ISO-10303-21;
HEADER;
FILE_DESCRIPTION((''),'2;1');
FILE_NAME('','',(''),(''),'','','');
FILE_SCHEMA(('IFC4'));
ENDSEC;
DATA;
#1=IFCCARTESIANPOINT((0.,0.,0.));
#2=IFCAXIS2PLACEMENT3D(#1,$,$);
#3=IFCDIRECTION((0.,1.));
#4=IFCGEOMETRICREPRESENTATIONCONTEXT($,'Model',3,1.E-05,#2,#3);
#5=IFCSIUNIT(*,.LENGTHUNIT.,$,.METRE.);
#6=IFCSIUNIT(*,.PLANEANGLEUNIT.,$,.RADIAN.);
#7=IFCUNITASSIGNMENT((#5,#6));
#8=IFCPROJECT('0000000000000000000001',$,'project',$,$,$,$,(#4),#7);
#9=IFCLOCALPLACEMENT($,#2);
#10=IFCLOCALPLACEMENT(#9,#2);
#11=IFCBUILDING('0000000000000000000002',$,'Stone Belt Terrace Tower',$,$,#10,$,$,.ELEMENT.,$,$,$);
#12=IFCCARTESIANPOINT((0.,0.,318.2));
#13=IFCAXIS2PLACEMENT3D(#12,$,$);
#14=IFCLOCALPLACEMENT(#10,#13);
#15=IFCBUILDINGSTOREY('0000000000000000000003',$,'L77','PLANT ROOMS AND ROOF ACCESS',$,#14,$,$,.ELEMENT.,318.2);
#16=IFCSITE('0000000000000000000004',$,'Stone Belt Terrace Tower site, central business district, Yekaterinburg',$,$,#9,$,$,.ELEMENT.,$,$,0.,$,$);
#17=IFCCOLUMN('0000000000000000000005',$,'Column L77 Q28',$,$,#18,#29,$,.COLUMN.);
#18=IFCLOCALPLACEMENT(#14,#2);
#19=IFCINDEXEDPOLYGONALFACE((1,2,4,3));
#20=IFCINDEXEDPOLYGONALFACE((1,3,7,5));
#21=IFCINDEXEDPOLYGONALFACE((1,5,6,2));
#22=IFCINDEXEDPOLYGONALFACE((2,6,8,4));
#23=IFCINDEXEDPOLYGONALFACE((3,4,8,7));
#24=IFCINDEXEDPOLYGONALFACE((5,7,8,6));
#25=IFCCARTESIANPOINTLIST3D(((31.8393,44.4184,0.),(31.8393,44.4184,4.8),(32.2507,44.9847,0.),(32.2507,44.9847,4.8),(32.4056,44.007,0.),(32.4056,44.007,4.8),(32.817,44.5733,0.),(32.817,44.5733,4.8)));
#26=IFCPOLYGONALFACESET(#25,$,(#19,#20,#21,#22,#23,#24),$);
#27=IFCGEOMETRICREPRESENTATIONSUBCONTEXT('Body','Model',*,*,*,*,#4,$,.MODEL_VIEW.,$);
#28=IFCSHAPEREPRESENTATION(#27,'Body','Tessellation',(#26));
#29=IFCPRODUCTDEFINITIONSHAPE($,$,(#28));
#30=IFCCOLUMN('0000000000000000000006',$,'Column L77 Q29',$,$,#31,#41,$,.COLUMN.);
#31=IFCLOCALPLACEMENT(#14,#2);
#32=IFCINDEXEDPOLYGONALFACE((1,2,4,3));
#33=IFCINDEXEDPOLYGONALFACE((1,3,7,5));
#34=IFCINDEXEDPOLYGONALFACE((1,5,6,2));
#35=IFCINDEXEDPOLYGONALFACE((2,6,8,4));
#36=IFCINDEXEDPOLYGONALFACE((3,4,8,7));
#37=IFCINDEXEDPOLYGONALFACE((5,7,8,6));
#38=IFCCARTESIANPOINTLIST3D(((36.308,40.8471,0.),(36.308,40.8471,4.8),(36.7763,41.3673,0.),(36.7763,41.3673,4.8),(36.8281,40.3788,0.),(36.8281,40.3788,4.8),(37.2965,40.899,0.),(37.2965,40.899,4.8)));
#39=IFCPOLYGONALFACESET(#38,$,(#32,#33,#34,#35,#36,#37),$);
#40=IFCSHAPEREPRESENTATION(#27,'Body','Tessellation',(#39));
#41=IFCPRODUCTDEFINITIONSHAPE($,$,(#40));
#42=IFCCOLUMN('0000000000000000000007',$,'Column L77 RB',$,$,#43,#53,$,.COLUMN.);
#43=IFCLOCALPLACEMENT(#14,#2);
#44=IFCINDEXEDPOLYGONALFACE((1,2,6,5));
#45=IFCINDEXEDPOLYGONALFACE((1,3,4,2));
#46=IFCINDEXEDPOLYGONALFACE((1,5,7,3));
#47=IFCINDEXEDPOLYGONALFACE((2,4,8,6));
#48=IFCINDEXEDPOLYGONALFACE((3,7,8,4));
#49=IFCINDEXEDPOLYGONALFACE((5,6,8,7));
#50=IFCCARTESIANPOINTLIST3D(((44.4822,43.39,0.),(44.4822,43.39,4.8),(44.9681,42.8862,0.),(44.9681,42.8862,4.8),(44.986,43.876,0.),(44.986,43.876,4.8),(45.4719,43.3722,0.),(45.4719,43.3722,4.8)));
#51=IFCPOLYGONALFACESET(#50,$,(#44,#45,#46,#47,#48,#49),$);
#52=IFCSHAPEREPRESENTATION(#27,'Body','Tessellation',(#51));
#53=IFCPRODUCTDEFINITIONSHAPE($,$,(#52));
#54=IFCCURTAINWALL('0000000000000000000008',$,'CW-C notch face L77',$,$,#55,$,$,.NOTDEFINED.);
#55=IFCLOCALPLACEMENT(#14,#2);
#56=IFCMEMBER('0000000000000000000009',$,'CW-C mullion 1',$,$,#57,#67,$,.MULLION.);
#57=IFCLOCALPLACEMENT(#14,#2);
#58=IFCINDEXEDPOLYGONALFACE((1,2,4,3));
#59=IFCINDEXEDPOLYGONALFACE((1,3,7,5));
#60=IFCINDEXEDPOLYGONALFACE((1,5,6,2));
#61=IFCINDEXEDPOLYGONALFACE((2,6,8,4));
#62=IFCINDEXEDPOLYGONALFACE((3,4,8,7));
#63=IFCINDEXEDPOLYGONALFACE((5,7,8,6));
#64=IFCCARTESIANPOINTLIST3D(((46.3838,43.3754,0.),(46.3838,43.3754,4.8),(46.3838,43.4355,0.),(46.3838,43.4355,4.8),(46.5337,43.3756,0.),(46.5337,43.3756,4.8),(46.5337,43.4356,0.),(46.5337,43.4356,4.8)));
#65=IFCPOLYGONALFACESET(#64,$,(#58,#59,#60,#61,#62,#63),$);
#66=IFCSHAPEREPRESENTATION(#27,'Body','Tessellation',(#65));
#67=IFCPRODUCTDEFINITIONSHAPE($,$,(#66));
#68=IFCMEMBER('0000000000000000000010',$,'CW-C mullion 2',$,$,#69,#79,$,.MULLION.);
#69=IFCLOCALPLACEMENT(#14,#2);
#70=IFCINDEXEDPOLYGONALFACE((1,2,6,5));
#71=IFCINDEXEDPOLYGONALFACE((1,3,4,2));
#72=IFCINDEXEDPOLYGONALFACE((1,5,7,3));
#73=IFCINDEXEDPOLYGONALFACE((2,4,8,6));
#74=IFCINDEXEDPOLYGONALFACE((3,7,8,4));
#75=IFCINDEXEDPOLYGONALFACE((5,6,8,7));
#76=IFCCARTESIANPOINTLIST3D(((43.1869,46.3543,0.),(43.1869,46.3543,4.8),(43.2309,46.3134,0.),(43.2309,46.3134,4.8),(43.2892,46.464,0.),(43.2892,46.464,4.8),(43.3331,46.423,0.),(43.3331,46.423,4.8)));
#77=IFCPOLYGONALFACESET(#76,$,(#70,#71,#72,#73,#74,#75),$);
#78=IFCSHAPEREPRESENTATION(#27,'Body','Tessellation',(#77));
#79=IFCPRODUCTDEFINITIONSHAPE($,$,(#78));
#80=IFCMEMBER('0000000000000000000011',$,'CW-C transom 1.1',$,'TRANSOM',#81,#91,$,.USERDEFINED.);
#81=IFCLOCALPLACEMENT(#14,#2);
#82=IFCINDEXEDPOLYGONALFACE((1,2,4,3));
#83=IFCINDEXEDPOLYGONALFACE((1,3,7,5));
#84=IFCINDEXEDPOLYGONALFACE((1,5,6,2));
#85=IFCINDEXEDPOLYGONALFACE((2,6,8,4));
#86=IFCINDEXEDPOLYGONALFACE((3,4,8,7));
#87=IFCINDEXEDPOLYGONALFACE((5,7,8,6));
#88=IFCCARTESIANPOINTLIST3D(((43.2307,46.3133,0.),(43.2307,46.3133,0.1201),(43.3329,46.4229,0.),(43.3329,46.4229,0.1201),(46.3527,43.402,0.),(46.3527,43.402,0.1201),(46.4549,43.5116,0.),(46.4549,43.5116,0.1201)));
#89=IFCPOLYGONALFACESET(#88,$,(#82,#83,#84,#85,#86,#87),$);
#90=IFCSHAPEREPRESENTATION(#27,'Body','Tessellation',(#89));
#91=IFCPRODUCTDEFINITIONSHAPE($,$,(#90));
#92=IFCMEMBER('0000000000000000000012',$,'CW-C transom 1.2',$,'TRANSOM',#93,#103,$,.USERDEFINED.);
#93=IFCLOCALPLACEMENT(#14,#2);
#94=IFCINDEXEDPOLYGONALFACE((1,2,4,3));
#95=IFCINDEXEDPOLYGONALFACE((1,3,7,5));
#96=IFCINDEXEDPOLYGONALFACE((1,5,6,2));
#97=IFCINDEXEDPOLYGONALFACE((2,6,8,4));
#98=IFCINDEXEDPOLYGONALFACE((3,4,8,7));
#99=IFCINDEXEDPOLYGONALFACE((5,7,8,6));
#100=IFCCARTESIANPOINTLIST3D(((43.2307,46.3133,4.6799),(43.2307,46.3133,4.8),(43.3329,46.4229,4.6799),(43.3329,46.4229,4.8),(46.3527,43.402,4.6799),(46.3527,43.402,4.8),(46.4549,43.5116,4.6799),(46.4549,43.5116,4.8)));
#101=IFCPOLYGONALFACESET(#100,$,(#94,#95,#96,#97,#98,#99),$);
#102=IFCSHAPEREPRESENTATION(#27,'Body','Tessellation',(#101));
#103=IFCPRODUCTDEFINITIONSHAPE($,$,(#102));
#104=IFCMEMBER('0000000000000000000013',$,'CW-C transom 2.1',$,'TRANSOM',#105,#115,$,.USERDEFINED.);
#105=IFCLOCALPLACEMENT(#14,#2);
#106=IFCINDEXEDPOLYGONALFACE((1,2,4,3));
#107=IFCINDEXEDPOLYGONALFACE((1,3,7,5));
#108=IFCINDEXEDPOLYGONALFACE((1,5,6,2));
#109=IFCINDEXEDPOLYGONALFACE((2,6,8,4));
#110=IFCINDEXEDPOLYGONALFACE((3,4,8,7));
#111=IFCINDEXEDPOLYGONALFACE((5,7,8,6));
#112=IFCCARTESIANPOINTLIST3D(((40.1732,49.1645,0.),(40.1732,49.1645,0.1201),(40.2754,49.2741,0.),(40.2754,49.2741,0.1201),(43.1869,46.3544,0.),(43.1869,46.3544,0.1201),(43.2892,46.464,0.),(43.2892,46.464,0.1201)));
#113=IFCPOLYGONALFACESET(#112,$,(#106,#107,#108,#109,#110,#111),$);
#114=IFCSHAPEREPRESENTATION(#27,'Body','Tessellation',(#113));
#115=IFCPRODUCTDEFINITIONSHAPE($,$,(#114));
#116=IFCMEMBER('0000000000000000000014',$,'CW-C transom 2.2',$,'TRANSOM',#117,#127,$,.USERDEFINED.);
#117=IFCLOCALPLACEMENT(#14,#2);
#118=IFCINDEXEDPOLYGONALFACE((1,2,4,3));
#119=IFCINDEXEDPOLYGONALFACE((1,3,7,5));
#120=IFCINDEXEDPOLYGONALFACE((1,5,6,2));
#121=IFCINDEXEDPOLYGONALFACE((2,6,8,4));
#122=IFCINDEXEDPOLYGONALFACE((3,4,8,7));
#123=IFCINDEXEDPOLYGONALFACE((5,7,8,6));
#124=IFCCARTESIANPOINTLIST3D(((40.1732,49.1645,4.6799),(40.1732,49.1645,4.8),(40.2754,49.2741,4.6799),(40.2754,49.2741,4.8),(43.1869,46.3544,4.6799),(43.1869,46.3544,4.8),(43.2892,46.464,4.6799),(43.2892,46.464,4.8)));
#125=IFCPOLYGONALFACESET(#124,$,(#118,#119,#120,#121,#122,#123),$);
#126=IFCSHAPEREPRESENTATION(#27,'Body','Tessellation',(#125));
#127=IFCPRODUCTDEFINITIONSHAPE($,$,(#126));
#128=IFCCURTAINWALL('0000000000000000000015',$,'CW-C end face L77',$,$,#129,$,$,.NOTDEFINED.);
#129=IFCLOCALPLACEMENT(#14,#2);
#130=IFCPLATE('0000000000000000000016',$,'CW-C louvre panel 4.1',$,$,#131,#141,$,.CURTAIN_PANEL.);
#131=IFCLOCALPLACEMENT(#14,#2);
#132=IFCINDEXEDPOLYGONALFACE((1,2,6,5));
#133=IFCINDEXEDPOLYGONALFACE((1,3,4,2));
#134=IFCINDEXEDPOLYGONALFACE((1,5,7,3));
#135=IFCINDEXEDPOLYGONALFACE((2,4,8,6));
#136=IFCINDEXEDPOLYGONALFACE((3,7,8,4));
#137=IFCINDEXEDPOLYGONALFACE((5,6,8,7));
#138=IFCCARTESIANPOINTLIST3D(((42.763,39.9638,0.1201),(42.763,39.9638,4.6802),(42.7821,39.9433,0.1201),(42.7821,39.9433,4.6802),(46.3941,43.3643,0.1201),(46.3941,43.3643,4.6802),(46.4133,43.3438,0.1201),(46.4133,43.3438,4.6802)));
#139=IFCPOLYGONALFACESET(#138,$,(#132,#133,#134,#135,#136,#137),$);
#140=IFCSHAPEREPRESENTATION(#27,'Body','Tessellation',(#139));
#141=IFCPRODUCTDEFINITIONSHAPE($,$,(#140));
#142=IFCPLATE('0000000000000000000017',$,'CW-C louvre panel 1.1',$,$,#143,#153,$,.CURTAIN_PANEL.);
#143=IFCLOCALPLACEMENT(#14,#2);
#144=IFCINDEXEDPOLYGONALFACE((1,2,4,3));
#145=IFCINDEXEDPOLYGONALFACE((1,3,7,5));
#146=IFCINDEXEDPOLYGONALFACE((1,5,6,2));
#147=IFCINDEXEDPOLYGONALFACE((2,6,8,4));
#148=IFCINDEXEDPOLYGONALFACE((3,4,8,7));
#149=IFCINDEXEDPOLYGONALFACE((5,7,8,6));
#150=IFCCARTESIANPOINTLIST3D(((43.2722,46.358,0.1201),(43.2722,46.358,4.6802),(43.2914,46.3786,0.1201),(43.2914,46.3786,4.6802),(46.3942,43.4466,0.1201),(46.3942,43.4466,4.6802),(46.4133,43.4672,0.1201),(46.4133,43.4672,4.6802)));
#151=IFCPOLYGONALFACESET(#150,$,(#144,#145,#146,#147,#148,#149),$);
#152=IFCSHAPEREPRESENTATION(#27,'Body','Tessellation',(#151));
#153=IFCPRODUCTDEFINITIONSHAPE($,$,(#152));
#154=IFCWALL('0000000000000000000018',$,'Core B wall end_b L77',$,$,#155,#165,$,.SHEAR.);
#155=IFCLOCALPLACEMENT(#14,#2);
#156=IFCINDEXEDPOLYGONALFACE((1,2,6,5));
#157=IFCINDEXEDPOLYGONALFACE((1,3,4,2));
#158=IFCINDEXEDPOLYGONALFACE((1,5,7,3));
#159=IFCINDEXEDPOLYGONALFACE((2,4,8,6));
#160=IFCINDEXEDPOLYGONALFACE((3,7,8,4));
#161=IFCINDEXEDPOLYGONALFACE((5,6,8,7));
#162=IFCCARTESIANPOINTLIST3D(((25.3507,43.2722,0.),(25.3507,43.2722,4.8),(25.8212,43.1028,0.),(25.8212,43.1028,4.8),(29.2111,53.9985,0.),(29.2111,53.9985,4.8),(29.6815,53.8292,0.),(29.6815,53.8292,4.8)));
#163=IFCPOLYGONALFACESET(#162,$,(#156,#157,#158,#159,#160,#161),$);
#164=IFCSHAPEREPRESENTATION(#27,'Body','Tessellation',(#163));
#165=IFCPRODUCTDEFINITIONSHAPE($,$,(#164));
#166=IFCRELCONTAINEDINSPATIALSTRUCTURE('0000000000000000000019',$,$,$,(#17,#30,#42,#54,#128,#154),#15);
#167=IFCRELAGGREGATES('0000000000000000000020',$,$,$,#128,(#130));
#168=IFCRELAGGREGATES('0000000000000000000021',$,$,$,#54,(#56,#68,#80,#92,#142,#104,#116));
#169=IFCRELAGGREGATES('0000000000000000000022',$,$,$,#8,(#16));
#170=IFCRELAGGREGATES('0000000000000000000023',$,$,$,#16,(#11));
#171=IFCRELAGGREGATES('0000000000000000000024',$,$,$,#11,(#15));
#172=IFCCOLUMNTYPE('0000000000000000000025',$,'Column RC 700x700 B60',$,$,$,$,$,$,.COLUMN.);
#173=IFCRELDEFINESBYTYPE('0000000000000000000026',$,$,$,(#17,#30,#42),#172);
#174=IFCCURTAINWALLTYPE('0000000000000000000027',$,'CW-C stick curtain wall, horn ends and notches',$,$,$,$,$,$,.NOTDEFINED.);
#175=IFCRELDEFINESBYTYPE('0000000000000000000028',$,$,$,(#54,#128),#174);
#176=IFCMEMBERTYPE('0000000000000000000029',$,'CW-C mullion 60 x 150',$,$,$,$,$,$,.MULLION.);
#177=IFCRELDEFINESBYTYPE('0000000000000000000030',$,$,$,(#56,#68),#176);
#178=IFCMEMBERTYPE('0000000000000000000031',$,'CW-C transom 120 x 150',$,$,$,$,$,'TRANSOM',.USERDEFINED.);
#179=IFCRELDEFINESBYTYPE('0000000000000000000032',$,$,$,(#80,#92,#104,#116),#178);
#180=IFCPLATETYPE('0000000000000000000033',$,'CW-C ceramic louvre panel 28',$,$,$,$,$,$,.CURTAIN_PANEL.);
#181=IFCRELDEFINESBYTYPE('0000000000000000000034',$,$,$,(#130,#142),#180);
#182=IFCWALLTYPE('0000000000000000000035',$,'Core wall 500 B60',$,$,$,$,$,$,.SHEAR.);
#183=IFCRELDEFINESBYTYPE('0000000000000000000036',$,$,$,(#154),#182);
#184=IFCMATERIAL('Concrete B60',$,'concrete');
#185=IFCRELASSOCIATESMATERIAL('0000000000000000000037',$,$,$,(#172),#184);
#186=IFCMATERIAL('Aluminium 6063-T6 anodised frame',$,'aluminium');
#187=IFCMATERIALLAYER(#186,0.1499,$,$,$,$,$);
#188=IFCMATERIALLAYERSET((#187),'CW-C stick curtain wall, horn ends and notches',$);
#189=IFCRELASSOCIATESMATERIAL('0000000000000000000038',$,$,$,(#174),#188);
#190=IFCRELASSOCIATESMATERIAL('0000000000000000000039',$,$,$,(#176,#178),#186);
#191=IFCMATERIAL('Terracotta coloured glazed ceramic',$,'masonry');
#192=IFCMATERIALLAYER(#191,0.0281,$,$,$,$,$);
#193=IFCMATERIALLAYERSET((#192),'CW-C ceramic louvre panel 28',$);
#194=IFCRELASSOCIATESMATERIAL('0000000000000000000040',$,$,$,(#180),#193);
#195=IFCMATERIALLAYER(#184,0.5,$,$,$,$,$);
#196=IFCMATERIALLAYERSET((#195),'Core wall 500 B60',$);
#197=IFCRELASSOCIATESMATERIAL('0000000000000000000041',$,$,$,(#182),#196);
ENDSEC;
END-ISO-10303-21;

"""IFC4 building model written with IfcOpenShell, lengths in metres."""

from ifc_helpers import new_model, si_unit, direction, frame, frame_2d, origin, origin_2d, place, context, subcontext, project, spatial, rectangle, extrude, material, layer, layer_set, material_profile, profile_set, type_object, element, aggregate, save


model = new_model("IFC4")

# Units and contexts
model_context = context("Model", 3, precision=1e-05, world=origin(), true_north=direction((0.0, 1.0)))
body_context = subcontext(model_context, "Body", "Model", "MODEL_VIEW")
ifc_project = project(units=[si_unit("LENGTHUNIT", "METRE"), si_unit("PLANEANGLEUNIT", "RADIAN")], contexts=[model_context])

# Site, building, storey
site_placement = place(None, origin())
site = spatial("IfcSite", under=ifc_project, at=site_placement, Name="Stone Belt Terrace Tower site, central business district, Yekaterinburg", CompositionType="ELEMENT", RefElevation=0.0)
building_placement = place(site_placement, origin())
building = spatial("IfcBuilding", under=site, at=building_placement, Name="Stone Belt Terrace Tower", CompositionType="ELEMENT")
storey_placement = place(building_placement, frame((0.0, 0.0, 318.2)))
storey = spatial("IfcBuildingStorey", under=building, at=storey_placement, Name="L77", Description="PLANT ROOMS AND ROOF ACCESS", CompositionType="ELEMENT", Elevation=318.2)

# Columns
ifc_material_1 = material(Name="Concrete B60", Category="concrete")
ifc_material_profile_1 = material_profile(ifc_material_1, rectangle(XDim=0.7, YDim=0.7, at=origin_2d()), Name="RC 700x700")
ifc_profile_set_1 = profile_set([ifc_material_profile_1], Name="Concrete B60")
column_type = type_object("IfcColumnType", Name="Column RC 700x700 B60", PredefinedType="COLUMN", material=ifc_profile_set_1)
for number, where, z_axis, x_axis, name in (
    (1, (32.3281, 44.4958, 0.0), (0.0, 0.0, 1.0), (0.809017, -0.587785, 0.0), "Column L77 Q28"),
    (2, (36.8022, 40.873, 0.0), (0.0, 0.0, 1.0), (0.743145, -0.669131, 0.0), "Column L77 Q29"),
    (3, (44.9771, 43.3811, 0.0), (0.0, 0.0, 1.0), (0.694221, -0.719762, 0.0), "Column L77 RB"),
):
    element("IfcColumn", number, at=place(storey_placement, frame(where, z_axis=z_axis, x_axis=x_axis)), inside=storey, type_object=column_type, Name=name, PredefinedType="COLUMN", context=body_context, shape_type="SweptSolid", body=[
        extrude(rectangle(XDim=0.7, YDim=0.7, at=origin_2d()), origin(), (0.0, 0.0, 1.0), 4.8),
    ])

# Curtain wall, members
ifc_material_2 = material(Name="Aluminium 6063-T6 anodised frame", Category="aluminium")
ifc_layer_1 = layer(ifc_material_2, 0.1499)
ifc_layer_set_1 = layer_set([ifc_layer_1], Name="CW-C stick curtain wall, horn ends and notches")
curtain_wall_type = type_object("IfcCurtainWallType", Name="CW-C stick curtain wall, horn ends and notches", PredefinedType="NOTDEFINED", material=ifc_layer_set_1)
curtain_wall_1_placement = place(storey_placement, origin())
curtain_wall_1 = element("IfcCurtainWall", 4, at=curtain_wall_1_placement, inside=storey, type_object=curtain_wall_type, Name="CW-C notch face L77", PredefinedType="NOTDEFINED")
ifc_material_profile_2 = material_profile(ifc_material_2, rectangle(XDim=0.1499, YDim=0.0601, at=origin_2d()), Name="Aluminium 6063-T6 60x150")
ifc_profile_set_2 = profile_set([ifc_material_profile_2], Name="Aluminium 6063-T6 anodised frame")
member_type_1 = type_object("IfcMemberType", Name="CW-C mullion 60 x 150", PredefinedType="MULLION", material=ifc_profile_set_2)
member_1_placement = place(storey_placement, frame((46.4587, 43.4055, 0.0), z_axis=(0.0, 0.0, 1.0), x_axis=(-0.999999, -0.001051, 0.0)))
member_1 = element("IfcMember", 5, at=member_1_placement, type_object=member_type_1, Name="CW-C mullion 1", PredefinedType="MULLION", context=body_context, shape_type="SweptSolid", body=[
    extrude(rectangle(XDim=0.1499, YDim=0.0601, at=origin_2d()), origin(), (0.0, 0.0, 1.0), 4.8),
])
member_2_placement = place(storey_placement, frame((43.26, 46.3887, 0.0), z_axis=(0.0, 0.0, 1.0), x_axis=(-0.682014, -0.731339, 0.0)))
member_2 = element("IfcMember", 6, at=member_2_placement, type_object=member_type_1, Name="CW-C mullion 2", PredefinedType="MULLION", context=body_context, shape_type="SweptSolid", body=[
    extrude(rectangle(XDim=0.1499, YDim=0.0601, at=origin_2d()), origin(), (0.0, 0.0, 1.0), 4.8),
])
ifc_material_profile_3 = material_profile(ifc_material_2, rectangle(XDim=0.1499, YDim=0.1201, at=origin_2d()), Name="Aluminium 6063-T6 150x120")
ifc_profile_set_3 = profile_set([ifc_material_profile_3], Name="Aluminium 6063-T6 anodised frame")
member_type_2 = type_object("IfcMemberType", Name="CW-C transom 120 x 150", ElementType="TRANSOM", PredefinedType="USERDEFINED", material=ifc_profile_set_3)
member_3_placement = place(storey_placement, frame((46.4038, 43.4568, 0.0601), z_axis=(-0.731354, 0.681998, 0.0), x_axis=(-0.681998, -0.731354, 0.0)))
member_3 = element("IfcMember", 7, at=member_3_placement, type_object=member_type_2, Name="CW-C transom 1.1", ObjectType="TRANSOM", PredefinedType="USERDEFINED", context=body_context, shape_type="SweptSolid", body=[
    extrude(rectangle(XDim=0.1499, YDim=0.1201, at=origin_2d()), origin(), (0.0, 0.0, 1.0), 4.2688),
])
member_4_placement = place(storey_placement, frame((46.4038, 43.4568, 4.74), z_axis=(-0.731354, 0.681998, 0.0), x_axis=(-0.681998, -0.731354, 0.0)))
member_4 = element("IfcMember", 8, at=member_4_placement, type_object=member_type_2, Name="CW-C transom 1.2", ObjectType="TRANSOM", PredefinedType="USERDEFINED", context=body_context, shape_type="SweptSolid", body=[
    extrude(rectangle(XDim=0.1499, YDim=0.1201, at=origin_2d()), origin(), (0.0, 0.0, 1.0), 4.2688),
])
member_5_placement = place(storey_placement, frame((43.238, 46.4092, 0.0601), z_axis=(-0.731382, 0.681968, 0.0), x_axis=(-0.681968, -0.731382, 0.0)))
member_5 = element("IfcMember", 9, at=member_5_placement, type_object=member_type_2, Name="CW-C transom 2.1", ObjectType="TRANSOM", PredefinedType="USERDEFINED", context=body_context, shape_type="SweptSolid", body=[
    extrude(rectangle(XDim=0.1499, YDim=0.1201, at=origin_2d()), origin(), (0.0, 0.0, 1.0), 4.1206),
])
member_6_placement = place(storey_placement, frame((43.238, 46.4092, 4.74), z_axis=(-0.731382, 0.681968, 0.0), x_axis=(-0.681968, -0.731382, 0.0)))
member_6 = element("IfcMember", 10, at=member_6_placement, type_object=member_type_2, Name="CW-C transom 2.2", ObjectType="TRANSOM", PredefinedType="USERDEFINED", context=body_context, shape_type="SweptSolid", body=[
    extrude(rectangle(XDim=0.1499, YDim=0.1201, at=origin_2d()), origin(), (0.0, 0.0, 1.0), 4.1206),
])

# Curtain wall, plate
curtain_wall_2_placement = place(storey_placement, origin())
curtain_wall_2 = element("IfcCurtainWall", 11, at=curtain_wall_2_placement, inside=storey, type_object=curtain_wall_type, Name="CW-C end face L77", PredefinedType="NOTDEFINED")
ifc_material_3 = material(Name="Terracotta coloured glazed ceramic", Category="masonry")
ifc_layer_2 = layer(ifc_material_3, 0.0281)
ifc_layer_set_2 = layer_set([ifc_layer_2], Name="CW-C ceramic louvre panel 28")
plate_type = type_object("IfcPlateType", Name="CW-C ceramic louvre panel 28", PredefinedType="CURTAIN_PANEL", material=ifc_layer_set_2)
plate_1_placement = place(storey_placement, frame((44.5881, 41.6538, 0.1201), z_axis=(0.0, 0.0, 1.0), x_axis=(0.729904, 0.683549, 0.0)))
plate_1 = element("IfcPlate", 12, at=plate_1_placement, type_object=plate_type, Name="CW-C louvre panel 4.1", PredefinedType="CURTAIN_PANEL", context=body_context, shape_type="SweptSolid", body=[
    extrude(rectangle(XDim=4.9749, YDim=0.0281, at=origin_2d()), origin(), (0.0, 0.0, 1.0), 4.5601),
])
aggregate(curtain_wall_2, [plate_1])

# Plate
plate_2_placement = place(storey_placement, frame((44.8428, 44.9126, 0.1201), z_axis=(0.0, 0.0, 1.0), x_axis=(-0.731339, 0.682014, 0.0)))
plate_2 = element("IfcPlate", 13, at=plate_2_placement, type_object=plate_type, Name="CW-C louvre panel 1.1", PredefinedType="CURTAIN_PANEL", context=body_context, shape_type="SweptSolid", body=[
    extrude(rectangle(XDim=4.2688, YDim=0.0281, at=origin_2d()), origin(), (0.0, 0.0, 1.0), 4.5601),
])
aggregate(curtain_wall_1, [member_1, member_2, member_3, member_4, plate_2, member_5, member_6])

# Wall
ifc_layer_3 = layer(ifc_material_1, 0.5)
ifc_layer_set_3 = layer_set([ifc_layer_3], Name="Core wall 500 B60")
wall_type_1 = type_object("IfcWallType", Name="Core wall 500 B60", PredefinedType="SHEAR", material=ifc_layer_set_3)
wall_1_placement = place(storey_placement, frame((25.5859, 43.1875, 0.0), z_axis=(0.0, 0.0, 1.0), x_axis=(0.338632, 0.940919, 0.0)))
element("IfcWall", 14, at=wall_1_placement, inside=storey, type_object=wall_type_1, Name="Core B wall end_b L77", PredefinedType="SHEAR", context=body_context, shape_type="SweptSolid", body=[
    extrude(rectangle(XDim=11.3999, YDim=0.5, at=frame_2d((5.7, 0.0))), origin(), (0.0, 0.0, 1.0), 4.8),
])

save(model, "model.ifc")
